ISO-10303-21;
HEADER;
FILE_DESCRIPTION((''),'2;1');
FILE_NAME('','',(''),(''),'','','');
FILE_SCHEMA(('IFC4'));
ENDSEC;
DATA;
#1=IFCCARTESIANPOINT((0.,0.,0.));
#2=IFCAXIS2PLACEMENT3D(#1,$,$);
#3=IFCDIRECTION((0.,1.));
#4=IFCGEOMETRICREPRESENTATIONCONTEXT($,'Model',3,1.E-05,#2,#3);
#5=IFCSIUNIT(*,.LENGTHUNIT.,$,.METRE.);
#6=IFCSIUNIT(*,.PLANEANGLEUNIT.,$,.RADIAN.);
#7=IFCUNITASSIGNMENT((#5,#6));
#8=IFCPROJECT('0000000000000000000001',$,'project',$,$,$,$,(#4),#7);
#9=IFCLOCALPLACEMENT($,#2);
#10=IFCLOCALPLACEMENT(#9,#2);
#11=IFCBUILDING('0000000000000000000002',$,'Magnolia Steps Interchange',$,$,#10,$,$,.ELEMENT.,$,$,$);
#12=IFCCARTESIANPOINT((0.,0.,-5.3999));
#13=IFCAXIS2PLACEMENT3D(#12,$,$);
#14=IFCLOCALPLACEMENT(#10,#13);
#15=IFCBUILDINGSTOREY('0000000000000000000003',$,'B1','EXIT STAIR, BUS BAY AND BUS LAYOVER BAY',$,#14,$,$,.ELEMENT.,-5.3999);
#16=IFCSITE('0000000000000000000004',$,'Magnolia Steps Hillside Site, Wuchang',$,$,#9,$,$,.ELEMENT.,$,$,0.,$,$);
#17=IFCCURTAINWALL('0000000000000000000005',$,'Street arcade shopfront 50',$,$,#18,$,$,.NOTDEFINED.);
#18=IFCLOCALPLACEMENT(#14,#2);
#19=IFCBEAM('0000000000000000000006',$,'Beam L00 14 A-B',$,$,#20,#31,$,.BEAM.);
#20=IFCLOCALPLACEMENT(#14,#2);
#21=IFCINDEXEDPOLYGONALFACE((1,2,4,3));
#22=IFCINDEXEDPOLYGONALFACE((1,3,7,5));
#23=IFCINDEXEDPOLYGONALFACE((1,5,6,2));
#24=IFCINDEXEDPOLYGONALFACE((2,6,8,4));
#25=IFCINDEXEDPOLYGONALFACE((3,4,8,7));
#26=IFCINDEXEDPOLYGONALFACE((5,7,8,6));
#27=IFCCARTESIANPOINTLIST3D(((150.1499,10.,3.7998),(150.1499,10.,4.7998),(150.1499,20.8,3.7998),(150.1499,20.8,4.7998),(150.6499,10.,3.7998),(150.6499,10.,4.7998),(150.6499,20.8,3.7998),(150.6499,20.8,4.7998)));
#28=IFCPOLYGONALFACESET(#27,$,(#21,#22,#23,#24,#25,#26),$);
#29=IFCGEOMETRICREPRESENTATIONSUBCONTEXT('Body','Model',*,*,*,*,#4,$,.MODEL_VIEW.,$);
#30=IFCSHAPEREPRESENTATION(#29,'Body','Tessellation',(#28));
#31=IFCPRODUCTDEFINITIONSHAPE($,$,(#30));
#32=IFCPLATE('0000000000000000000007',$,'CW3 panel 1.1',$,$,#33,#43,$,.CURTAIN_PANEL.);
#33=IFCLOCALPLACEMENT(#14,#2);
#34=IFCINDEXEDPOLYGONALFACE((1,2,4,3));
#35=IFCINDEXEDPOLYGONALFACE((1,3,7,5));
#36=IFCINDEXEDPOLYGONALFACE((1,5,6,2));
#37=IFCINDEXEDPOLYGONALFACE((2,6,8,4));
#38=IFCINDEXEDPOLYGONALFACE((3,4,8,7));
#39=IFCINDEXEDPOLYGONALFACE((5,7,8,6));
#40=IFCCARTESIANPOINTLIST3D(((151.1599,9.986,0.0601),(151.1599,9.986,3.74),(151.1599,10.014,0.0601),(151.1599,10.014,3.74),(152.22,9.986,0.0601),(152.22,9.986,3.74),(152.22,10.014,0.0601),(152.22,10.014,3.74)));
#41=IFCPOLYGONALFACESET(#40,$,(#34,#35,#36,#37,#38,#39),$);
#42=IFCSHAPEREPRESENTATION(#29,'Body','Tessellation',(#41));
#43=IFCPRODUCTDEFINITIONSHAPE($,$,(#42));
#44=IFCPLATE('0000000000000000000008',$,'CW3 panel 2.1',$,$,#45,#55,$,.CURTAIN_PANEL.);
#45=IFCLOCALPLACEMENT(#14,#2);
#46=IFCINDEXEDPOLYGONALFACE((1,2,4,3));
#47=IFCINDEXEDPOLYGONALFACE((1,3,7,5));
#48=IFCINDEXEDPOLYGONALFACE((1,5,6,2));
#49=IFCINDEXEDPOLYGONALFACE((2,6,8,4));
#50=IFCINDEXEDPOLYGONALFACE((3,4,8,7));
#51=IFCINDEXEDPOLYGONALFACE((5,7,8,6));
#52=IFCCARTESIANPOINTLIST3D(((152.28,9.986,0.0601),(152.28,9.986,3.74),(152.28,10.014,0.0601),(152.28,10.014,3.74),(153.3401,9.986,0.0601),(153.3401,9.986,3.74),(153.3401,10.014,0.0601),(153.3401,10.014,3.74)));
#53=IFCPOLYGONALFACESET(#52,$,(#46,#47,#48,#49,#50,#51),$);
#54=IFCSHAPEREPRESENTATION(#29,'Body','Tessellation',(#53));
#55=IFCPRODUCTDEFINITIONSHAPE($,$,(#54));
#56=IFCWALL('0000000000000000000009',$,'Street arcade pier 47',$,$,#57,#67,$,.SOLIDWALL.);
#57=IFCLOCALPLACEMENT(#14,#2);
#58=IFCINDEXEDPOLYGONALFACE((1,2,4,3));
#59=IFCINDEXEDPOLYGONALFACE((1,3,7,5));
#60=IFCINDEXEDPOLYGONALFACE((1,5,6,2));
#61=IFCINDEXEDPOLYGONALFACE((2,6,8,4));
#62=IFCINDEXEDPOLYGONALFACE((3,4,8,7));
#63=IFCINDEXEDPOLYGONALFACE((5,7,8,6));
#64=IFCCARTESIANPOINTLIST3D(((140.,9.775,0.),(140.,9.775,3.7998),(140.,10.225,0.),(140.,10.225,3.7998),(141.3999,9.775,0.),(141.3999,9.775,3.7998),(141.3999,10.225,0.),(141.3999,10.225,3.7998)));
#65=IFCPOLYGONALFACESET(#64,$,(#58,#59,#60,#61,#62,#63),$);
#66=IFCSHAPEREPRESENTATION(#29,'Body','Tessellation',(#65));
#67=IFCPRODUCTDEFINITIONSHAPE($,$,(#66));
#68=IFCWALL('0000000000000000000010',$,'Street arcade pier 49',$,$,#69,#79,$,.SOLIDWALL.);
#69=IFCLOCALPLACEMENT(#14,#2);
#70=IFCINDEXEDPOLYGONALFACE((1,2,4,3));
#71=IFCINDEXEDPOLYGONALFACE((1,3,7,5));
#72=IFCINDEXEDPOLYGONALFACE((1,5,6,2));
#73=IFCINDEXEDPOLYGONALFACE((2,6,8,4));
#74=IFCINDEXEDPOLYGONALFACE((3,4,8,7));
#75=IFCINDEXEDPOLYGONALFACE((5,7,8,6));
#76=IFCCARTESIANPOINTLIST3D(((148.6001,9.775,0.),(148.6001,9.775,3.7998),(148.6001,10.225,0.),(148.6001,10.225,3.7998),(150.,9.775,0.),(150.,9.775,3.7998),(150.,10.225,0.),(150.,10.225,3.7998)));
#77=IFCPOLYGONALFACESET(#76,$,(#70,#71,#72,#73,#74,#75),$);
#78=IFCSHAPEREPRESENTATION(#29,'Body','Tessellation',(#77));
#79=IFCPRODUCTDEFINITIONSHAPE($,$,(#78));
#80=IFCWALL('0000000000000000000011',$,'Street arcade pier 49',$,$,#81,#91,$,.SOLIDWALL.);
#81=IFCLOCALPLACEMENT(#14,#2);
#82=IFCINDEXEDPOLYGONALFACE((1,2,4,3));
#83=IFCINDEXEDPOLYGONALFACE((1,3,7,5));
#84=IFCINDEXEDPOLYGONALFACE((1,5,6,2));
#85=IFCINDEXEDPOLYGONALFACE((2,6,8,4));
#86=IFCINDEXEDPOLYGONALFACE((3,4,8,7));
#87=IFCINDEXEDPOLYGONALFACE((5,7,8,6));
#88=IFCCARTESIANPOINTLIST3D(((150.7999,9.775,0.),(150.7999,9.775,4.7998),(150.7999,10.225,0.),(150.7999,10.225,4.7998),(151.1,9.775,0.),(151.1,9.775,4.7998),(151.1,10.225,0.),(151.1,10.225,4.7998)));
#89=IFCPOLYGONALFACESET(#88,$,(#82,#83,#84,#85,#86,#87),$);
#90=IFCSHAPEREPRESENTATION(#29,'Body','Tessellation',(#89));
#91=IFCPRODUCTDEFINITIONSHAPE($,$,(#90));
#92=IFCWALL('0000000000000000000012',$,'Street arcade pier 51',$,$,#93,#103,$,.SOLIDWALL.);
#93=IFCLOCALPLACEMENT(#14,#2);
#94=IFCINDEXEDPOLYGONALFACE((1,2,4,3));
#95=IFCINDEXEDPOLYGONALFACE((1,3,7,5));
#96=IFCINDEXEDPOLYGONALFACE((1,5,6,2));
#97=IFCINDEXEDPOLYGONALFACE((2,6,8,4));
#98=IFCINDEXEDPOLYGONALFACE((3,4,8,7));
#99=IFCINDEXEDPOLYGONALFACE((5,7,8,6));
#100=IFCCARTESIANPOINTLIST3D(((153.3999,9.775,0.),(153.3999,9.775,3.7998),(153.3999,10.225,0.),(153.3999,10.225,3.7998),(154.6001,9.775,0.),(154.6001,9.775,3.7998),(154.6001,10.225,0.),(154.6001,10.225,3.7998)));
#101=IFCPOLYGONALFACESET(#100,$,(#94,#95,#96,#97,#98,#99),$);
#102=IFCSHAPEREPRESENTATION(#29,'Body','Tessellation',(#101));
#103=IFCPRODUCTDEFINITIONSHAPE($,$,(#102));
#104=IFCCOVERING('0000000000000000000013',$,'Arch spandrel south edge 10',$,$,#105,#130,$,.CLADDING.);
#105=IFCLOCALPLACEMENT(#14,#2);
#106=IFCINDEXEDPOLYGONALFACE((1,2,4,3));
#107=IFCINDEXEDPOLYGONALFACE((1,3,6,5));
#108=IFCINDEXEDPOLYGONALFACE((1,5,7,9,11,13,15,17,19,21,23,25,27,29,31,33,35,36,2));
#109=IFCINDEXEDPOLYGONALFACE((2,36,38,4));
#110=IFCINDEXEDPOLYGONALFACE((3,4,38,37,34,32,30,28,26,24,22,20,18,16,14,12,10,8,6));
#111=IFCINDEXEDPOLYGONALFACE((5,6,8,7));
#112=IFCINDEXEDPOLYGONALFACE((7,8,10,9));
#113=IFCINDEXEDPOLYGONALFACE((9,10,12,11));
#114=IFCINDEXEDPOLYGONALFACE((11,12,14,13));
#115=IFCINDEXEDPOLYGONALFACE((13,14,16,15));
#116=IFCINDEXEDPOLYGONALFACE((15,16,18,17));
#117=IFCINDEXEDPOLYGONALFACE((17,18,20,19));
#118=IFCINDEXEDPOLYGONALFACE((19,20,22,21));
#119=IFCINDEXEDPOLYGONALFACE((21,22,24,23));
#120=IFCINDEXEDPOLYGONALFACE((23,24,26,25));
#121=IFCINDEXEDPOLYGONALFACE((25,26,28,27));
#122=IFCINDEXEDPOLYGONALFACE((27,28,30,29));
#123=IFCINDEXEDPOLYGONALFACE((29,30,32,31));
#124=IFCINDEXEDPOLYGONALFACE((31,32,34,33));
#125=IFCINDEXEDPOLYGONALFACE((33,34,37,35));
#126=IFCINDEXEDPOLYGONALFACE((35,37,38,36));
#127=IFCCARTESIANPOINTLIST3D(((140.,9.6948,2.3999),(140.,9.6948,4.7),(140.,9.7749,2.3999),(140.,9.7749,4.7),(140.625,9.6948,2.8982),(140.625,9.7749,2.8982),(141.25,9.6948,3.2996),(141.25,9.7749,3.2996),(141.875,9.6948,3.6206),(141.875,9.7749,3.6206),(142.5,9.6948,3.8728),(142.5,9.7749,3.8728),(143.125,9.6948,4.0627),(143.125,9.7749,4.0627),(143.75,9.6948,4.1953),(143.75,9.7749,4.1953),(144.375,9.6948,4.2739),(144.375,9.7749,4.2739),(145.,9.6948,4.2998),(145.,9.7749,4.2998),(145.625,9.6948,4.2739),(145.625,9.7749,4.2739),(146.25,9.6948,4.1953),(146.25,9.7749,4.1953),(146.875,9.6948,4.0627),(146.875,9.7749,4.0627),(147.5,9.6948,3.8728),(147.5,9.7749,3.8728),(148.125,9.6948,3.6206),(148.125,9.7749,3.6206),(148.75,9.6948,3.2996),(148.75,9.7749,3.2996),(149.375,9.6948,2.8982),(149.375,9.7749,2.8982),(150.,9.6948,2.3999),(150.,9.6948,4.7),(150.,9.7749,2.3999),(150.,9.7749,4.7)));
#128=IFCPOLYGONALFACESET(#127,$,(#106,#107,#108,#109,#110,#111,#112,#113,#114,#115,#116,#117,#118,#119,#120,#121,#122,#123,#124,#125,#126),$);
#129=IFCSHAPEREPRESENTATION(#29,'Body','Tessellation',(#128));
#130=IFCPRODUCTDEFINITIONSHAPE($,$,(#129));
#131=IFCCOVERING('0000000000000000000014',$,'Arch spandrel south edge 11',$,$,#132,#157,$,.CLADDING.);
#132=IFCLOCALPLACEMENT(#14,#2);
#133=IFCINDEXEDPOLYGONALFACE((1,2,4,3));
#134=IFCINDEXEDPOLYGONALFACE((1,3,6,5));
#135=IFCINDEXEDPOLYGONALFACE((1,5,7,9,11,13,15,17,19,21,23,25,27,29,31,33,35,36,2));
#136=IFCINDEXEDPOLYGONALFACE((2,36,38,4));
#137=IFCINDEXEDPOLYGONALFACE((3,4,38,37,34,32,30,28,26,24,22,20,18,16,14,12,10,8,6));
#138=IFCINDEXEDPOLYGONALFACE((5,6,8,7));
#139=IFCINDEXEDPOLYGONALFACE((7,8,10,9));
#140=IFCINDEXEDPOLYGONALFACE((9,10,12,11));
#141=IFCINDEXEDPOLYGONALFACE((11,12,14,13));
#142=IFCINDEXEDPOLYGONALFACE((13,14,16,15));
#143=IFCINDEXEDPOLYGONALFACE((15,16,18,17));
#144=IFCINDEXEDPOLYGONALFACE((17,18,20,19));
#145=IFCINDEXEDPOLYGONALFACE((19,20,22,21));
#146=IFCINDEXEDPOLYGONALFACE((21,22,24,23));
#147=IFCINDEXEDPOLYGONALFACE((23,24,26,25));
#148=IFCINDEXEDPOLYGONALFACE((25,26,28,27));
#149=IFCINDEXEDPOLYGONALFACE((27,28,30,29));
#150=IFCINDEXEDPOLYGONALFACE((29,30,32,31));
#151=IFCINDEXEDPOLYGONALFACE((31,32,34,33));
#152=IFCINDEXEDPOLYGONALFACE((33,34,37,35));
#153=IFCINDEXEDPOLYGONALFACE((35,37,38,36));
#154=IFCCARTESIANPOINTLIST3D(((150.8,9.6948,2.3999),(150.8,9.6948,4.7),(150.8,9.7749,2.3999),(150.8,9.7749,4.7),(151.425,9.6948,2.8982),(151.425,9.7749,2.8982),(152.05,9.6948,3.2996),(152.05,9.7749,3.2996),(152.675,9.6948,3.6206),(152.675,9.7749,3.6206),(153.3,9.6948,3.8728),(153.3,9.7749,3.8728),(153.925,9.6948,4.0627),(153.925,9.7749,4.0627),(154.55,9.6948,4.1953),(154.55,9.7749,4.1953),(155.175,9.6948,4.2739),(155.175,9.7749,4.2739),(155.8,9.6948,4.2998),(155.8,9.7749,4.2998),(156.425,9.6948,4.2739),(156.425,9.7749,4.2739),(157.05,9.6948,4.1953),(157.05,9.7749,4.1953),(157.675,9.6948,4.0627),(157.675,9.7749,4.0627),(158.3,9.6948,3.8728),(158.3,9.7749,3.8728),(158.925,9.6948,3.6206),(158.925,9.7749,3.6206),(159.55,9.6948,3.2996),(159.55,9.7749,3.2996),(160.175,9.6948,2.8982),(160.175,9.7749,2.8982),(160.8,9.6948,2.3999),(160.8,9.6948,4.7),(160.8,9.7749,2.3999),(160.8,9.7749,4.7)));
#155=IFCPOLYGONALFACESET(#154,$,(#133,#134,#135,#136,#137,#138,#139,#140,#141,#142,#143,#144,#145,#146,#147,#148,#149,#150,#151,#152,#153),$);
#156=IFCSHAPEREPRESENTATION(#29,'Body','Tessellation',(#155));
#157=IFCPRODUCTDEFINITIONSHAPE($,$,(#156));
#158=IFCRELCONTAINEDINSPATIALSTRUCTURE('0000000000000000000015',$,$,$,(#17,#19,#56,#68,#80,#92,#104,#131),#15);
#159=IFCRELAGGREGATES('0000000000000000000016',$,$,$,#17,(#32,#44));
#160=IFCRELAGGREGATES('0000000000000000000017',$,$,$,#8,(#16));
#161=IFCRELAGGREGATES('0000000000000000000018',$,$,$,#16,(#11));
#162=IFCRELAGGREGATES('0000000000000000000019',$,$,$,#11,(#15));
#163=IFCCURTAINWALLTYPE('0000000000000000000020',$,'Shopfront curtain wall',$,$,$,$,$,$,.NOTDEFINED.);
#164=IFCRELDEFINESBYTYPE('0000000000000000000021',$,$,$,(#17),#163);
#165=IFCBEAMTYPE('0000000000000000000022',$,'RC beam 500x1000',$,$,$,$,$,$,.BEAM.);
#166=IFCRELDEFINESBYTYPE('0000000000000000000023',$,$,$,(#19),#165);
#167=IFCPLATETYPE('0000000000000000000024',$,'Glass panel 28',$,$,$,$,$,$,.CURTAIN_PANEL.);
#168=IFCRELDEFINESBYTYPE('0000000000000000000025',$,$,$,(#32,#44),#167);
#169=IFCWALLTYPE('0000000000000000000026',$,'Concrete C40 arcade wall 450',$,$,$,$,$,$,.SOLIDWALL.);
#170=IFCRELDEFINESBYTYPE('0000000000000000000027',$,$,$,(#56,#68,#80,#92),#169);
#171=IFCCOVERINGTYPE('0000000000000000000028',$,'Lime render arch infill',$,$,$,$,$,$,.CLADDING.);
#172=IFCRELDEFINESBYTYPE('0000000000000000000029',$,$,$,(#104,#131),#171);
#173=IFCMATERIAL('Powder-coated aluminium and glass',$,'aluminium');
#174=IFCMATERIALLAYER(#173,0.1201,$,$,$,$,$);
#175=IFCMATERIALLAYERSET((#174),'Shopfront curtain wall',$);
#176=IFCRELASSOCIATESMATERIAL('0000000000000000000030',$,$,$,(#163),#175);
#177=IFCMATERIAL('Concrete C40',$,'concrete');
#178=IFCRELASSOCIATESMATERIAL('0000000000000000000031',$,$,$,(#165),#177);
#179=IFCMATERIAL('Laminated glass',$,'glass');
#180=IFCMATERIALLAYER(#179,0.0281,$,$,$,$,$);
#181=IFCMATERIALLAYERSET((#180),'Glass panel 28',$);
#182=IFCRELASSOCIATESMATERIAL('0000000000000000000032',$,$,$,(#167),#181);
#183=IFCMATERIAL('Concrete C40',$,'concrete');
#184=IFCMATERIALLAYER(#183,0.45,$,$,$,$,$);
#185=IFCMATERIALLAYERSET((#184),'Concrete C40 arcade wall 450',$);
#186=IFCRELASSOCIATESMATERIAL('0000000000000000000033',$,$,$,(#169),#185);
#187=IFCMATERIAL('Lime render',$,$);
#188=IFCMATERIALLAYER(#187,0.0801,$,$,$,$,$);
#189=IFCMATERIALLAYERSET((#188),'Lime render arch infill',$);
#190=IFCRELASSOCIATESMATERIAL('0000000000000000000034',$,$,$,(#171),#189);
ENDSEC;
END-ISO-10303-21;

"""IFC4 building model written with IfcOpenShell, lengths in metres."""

from ifc_helpers import new_model, si_unit, direction, frame, frame_2d, origin, origin_2d, place, context, subcontext, project, spatial, polyline, rectangle, outline, extrude, material, layer, layer_set, material_profile, profile_set, type_object, element, aggregate, save


model = new_model("IFC4")

# Units and contexts
model_context = context("Model", 3, precision=1e-05, world=origin(), true_north=direction((0.0, 1.0)))
body_context = subcontext(model_context, "Body", "Model", "MODEL_VIEW")
ifc_project = project(units=[si_unit("LENGTHUNIT", "METRE"), si_unit("PLANEANGLEUNIT", "RADIAN")], contexts=[model_context])

# Site, building, storey
site_placement = place(None, origin())
site = spatial("IfcSite", under=ifc_project, at=site_placement, Name="Magnolia Steps Hillside Site, Wuchang", CompositionType="ELEMENT", RefElevation=0.0)
building_placement = place(site_placement, origin())
building = spatial("IfcBuilding", under=site, at=building_placement, Name="Magnolia Steps Interchange", CompositionType="ELEMENT")
storey_placement = place(building_placement, frame((0.0, 0.0, -5.3999)))
storey = spatial("IfcBuildingStorey", under=building, at=storey_placement, Name="B1", Description="EXIT STAIR, BUS BAY AND BUS LAYOVER BAY", CompositionType="ELEMENT", Elevation=-5.3999)

# Curtain wall
ifc_material_1 = material(Name="Powder-coated aluminium and glass", Category="aluminium")
ifc_layer_1 = layer(ifc_material_1, 0.1201)
ifc_layer_set_1 = layer_set([ifc_layer_1], Name="Shopfront curtain wall")
curtain_wall_type = type_object("IfcCurtainWallType", Name="Shopfront curtain wall", PredefinedType="NOTDEFINED", material=ifc_layer_set_1)
curtain_wall_1_placement = place(storey_placement, origin())
curtain_wall_1 = element("IfcCurtainWall", 1, at=curtain_wall_1_placement, inside=storey, type_object=curtain_wall_type, Name="Street arcade shopfront 50", PredefinedType="NOTDEFINED")

# Beam
ifc_material_2 = material(Name="Concrete C40", Category="concrete")
ifc_material_profile_1 = material_profile(ifc_material_2, rectangle(XDim=0.5, YDim=1.0, at=origin_2d()), Name="RC500x1000")
ifc_profile_set_1 = profile_set([ifc_material_profile_1], Name="Concrete C40")
beam_type = type_object("IfcBeamType", Name="RC beam 500x1000", PredefinedType="BEAM", material=ifc_profile_set_1)
for number, where, z_axis, x_axis, name in (
    (2, (150.3999, 10.0, 4.2998), (0.0, 1.0, 0.0), (-1.0, 0.0, 0.0), "Beam L00 14 A-B"),
):
    element("IfcBeam", number, at=place(storey_placement, frame(where, z_axis=z_axis, x_axis=x_axis)), inside=storey, type_object=beam_type, Name=name, PredefinedType="BEAM", context=body_context, shape_type="SweptSolid", body=[
        extrude(rectangle(XDim=0.5, YDim=1.0, at=origin_2d()), origin(), (0.0, 0.0, 1.0), 10.8),
    ])

# Plates
ifc_material_3 = material(Name="Laminated glass", Category="glass")
ifc_layer_2 = layer(ifc_material_3, 0.0281)
ifc_layer_set_2 = layer_set([ifc_layer_2], Name="Glass panel 28")
plate_type = type_object("IfcPlateType", Name="Glass panel 28", PredefinedType="CURTAIN_PANEL", material=ifc_layer_set_2)
plate_1_placement = place(storey_placement, frame((151.6899, 10.0, 0.0601), z_axis=(0.0, 0.0, 1.0), x_axis=(1.0, 0.0, 0.0)))
plate_1 = element("IfcPlate", 3, at=plate_1_placement, type_object=plate_type, Name="CW3 panel 1.1", PredefinedType="CURTAIN_PANEL", context=body_context, shape_type="SweptSolid", body=[
    extrude(rectangle(XDim=1.0601, YDim=0.0281, at=origin_2d()), origin(), (0.0, 0.0, 1.0), 3.6799),
])
plate_2_placement = place(storey_placement, frame((152.8101, 10.0, 0.0601), z_axis=(0.0, 0.0, 1.0), x_axis=(1.0, 0.0, 0.0)))
plate_2 = element("IfcPlate", 4, at=plate_2_placement, type_object=plate_type, Name="CW3 panel 2.1", PredefinedType="CURTAIN_PANEL", context=body_context, shape_type="SweptSolid", body=[
    extrude(rectangle(XDim=1.0601, YDim=0.0281, at=origin_2d()), origin(), (0.0, 0.0, 1.0), 3.6799),
])
aggregate(curtain_wall_1, [plate_1, plate_2])

# Walls
ifc_material_4 = material(Name="Concrete C40", Category="concrete")
ifc_layer_3 = layer(ifc_material_4, 0.45)
ifc_layer_set_3 = layer_set([ifc_layer_3], Name="Concrete C40 arcade wall 450")
wall_type = type_object("IfcWallType", Name="Concrete C40 arcade wall 450", PredefinedType="SOLIDWALL", material=ifc_layer_set_3)
for number, where, z_axis, x_axis, name in (
    (5, (140.0, 10.0, 0.0), (0.0, 0.0, 1.0), (1.0, 0.0, 0.0), "Street arcade pier 47"),
    (6, (148.6001, 10.0, 0.0), (0.0, 0.0, 1.0), (1.0, 0.0, 0.0), "Street arcade pier 49"),
):
    element("IfcWall", number, at=place(storey_placement, frame(where, z_axis=z_axis, x_axis=x_axis)), inside=storey, type_object=wall_type, Name=name, PredefinedType="SOLIDWALL", context=body_context, shape_type="SweptSolid", body=[
        extrude(rectangle(XDim=1.3999, YDim=0.45, at=frame_2d((0.7, 0.0))), origin(), (0.0, 0.0, 1.0), 3.7998),
    ])
wall_1_placement = place(storey_placement, frame((150.8, 10.0, 0.0), z_axis=(0.0, 0.0, 1.0), x_axis=(1.0, 0.0, 0.0)))
element("IfcWall", 7, at=wall_1_placement, inside=storey, type_object=wall_type, Name="Street arcade pier 49", PredefinedType="SOLIDWALL", context=body_context, shape_type="SweptSolid", body=[
    extrude(rectangle(XDim=0.3, YDim=0.45, at=frame_2d((0.1499, 0.0))), origin(), (0.0, 0.0, 1.0), 4.7998),
])
wall_2_placement = place(storey_placement, frame((153.3999, 10.0, 0.0), z_axis=(0.0, 0.0, 1.0), x_axis=(1.0, 0.0, 0.0)))
element("IfcWall", 8, at=wall_2_placement, inside=storey, type_object=wall_type, Name="Street arcade pier 51", PredefinedType="SOLIDWALL", context=body_context, shape_type="SweptSolid", body=[
    extrude(rectangle(XDim=1.2002, YDim=0.45, at=frame_2d((0.6001, 0.0))), origin(), (0.0, 0.0, 1.0), 3.7998),
])

# Coverings
ifc_material_5 = material(Name="Lime render")
ifc_layer_4 = layer(ifc_material_5, 0.0801)
ifc_layer_set_4 = layer_set([ifc_layer_4], Name="Lime render arch infill")
covering_type = type_object("IfcCoveringType", Name="Lime render arch infill", PredefinedType="CLADDING", material=ifc_layer_set_4)
for number, where, z_axis, x_axis, name in (
    (9, (140.0, 9.7749, 2.3999), (0.0, 1.0, 0.0), (0.0, 0.0, 1.0), "Arch spandrel south edge 10"),
    (10, (150.8, 9.7749, 2.3999), (0.0, 1.0, 0.0), (0.0, 0.0, 1.0), "Arch spandrel south edge 11"),
):
    element("IfcCovering", number, at=place(storey_placement, frame(where, z_axis=z_axis, x_axis=x_axis)), inside=storey, type_object=covering_type, Name=name, PredefinedType="CLADDING", context=body_context, shape_type="SweptSolid", body=[
        extrude(outline(polyline([(0.0, 0.0), (2.3, 0.0), (2.3, 10.0), (0.0, 10.0), (0.4983, 9.375), (0.8997, 8.75), (1.2207, 8.125), (1.4729, 7.5), (1.6628, 6.875), (1.7954, 6.25), (1.874, 5.625), (1.8999, 5.0), (1.874, 4.375), (1.7954, 3.75), (1.6628, 3.125), (1.4729, 2.5), (1.2207, 1.875), (0.8997, 1.25), (0.4983, 0.625), (0.0, 0.0)])), origin(), (0.0, 0.0, -1.0), 0.0801),
    ])

save(model, "model.ifc")
